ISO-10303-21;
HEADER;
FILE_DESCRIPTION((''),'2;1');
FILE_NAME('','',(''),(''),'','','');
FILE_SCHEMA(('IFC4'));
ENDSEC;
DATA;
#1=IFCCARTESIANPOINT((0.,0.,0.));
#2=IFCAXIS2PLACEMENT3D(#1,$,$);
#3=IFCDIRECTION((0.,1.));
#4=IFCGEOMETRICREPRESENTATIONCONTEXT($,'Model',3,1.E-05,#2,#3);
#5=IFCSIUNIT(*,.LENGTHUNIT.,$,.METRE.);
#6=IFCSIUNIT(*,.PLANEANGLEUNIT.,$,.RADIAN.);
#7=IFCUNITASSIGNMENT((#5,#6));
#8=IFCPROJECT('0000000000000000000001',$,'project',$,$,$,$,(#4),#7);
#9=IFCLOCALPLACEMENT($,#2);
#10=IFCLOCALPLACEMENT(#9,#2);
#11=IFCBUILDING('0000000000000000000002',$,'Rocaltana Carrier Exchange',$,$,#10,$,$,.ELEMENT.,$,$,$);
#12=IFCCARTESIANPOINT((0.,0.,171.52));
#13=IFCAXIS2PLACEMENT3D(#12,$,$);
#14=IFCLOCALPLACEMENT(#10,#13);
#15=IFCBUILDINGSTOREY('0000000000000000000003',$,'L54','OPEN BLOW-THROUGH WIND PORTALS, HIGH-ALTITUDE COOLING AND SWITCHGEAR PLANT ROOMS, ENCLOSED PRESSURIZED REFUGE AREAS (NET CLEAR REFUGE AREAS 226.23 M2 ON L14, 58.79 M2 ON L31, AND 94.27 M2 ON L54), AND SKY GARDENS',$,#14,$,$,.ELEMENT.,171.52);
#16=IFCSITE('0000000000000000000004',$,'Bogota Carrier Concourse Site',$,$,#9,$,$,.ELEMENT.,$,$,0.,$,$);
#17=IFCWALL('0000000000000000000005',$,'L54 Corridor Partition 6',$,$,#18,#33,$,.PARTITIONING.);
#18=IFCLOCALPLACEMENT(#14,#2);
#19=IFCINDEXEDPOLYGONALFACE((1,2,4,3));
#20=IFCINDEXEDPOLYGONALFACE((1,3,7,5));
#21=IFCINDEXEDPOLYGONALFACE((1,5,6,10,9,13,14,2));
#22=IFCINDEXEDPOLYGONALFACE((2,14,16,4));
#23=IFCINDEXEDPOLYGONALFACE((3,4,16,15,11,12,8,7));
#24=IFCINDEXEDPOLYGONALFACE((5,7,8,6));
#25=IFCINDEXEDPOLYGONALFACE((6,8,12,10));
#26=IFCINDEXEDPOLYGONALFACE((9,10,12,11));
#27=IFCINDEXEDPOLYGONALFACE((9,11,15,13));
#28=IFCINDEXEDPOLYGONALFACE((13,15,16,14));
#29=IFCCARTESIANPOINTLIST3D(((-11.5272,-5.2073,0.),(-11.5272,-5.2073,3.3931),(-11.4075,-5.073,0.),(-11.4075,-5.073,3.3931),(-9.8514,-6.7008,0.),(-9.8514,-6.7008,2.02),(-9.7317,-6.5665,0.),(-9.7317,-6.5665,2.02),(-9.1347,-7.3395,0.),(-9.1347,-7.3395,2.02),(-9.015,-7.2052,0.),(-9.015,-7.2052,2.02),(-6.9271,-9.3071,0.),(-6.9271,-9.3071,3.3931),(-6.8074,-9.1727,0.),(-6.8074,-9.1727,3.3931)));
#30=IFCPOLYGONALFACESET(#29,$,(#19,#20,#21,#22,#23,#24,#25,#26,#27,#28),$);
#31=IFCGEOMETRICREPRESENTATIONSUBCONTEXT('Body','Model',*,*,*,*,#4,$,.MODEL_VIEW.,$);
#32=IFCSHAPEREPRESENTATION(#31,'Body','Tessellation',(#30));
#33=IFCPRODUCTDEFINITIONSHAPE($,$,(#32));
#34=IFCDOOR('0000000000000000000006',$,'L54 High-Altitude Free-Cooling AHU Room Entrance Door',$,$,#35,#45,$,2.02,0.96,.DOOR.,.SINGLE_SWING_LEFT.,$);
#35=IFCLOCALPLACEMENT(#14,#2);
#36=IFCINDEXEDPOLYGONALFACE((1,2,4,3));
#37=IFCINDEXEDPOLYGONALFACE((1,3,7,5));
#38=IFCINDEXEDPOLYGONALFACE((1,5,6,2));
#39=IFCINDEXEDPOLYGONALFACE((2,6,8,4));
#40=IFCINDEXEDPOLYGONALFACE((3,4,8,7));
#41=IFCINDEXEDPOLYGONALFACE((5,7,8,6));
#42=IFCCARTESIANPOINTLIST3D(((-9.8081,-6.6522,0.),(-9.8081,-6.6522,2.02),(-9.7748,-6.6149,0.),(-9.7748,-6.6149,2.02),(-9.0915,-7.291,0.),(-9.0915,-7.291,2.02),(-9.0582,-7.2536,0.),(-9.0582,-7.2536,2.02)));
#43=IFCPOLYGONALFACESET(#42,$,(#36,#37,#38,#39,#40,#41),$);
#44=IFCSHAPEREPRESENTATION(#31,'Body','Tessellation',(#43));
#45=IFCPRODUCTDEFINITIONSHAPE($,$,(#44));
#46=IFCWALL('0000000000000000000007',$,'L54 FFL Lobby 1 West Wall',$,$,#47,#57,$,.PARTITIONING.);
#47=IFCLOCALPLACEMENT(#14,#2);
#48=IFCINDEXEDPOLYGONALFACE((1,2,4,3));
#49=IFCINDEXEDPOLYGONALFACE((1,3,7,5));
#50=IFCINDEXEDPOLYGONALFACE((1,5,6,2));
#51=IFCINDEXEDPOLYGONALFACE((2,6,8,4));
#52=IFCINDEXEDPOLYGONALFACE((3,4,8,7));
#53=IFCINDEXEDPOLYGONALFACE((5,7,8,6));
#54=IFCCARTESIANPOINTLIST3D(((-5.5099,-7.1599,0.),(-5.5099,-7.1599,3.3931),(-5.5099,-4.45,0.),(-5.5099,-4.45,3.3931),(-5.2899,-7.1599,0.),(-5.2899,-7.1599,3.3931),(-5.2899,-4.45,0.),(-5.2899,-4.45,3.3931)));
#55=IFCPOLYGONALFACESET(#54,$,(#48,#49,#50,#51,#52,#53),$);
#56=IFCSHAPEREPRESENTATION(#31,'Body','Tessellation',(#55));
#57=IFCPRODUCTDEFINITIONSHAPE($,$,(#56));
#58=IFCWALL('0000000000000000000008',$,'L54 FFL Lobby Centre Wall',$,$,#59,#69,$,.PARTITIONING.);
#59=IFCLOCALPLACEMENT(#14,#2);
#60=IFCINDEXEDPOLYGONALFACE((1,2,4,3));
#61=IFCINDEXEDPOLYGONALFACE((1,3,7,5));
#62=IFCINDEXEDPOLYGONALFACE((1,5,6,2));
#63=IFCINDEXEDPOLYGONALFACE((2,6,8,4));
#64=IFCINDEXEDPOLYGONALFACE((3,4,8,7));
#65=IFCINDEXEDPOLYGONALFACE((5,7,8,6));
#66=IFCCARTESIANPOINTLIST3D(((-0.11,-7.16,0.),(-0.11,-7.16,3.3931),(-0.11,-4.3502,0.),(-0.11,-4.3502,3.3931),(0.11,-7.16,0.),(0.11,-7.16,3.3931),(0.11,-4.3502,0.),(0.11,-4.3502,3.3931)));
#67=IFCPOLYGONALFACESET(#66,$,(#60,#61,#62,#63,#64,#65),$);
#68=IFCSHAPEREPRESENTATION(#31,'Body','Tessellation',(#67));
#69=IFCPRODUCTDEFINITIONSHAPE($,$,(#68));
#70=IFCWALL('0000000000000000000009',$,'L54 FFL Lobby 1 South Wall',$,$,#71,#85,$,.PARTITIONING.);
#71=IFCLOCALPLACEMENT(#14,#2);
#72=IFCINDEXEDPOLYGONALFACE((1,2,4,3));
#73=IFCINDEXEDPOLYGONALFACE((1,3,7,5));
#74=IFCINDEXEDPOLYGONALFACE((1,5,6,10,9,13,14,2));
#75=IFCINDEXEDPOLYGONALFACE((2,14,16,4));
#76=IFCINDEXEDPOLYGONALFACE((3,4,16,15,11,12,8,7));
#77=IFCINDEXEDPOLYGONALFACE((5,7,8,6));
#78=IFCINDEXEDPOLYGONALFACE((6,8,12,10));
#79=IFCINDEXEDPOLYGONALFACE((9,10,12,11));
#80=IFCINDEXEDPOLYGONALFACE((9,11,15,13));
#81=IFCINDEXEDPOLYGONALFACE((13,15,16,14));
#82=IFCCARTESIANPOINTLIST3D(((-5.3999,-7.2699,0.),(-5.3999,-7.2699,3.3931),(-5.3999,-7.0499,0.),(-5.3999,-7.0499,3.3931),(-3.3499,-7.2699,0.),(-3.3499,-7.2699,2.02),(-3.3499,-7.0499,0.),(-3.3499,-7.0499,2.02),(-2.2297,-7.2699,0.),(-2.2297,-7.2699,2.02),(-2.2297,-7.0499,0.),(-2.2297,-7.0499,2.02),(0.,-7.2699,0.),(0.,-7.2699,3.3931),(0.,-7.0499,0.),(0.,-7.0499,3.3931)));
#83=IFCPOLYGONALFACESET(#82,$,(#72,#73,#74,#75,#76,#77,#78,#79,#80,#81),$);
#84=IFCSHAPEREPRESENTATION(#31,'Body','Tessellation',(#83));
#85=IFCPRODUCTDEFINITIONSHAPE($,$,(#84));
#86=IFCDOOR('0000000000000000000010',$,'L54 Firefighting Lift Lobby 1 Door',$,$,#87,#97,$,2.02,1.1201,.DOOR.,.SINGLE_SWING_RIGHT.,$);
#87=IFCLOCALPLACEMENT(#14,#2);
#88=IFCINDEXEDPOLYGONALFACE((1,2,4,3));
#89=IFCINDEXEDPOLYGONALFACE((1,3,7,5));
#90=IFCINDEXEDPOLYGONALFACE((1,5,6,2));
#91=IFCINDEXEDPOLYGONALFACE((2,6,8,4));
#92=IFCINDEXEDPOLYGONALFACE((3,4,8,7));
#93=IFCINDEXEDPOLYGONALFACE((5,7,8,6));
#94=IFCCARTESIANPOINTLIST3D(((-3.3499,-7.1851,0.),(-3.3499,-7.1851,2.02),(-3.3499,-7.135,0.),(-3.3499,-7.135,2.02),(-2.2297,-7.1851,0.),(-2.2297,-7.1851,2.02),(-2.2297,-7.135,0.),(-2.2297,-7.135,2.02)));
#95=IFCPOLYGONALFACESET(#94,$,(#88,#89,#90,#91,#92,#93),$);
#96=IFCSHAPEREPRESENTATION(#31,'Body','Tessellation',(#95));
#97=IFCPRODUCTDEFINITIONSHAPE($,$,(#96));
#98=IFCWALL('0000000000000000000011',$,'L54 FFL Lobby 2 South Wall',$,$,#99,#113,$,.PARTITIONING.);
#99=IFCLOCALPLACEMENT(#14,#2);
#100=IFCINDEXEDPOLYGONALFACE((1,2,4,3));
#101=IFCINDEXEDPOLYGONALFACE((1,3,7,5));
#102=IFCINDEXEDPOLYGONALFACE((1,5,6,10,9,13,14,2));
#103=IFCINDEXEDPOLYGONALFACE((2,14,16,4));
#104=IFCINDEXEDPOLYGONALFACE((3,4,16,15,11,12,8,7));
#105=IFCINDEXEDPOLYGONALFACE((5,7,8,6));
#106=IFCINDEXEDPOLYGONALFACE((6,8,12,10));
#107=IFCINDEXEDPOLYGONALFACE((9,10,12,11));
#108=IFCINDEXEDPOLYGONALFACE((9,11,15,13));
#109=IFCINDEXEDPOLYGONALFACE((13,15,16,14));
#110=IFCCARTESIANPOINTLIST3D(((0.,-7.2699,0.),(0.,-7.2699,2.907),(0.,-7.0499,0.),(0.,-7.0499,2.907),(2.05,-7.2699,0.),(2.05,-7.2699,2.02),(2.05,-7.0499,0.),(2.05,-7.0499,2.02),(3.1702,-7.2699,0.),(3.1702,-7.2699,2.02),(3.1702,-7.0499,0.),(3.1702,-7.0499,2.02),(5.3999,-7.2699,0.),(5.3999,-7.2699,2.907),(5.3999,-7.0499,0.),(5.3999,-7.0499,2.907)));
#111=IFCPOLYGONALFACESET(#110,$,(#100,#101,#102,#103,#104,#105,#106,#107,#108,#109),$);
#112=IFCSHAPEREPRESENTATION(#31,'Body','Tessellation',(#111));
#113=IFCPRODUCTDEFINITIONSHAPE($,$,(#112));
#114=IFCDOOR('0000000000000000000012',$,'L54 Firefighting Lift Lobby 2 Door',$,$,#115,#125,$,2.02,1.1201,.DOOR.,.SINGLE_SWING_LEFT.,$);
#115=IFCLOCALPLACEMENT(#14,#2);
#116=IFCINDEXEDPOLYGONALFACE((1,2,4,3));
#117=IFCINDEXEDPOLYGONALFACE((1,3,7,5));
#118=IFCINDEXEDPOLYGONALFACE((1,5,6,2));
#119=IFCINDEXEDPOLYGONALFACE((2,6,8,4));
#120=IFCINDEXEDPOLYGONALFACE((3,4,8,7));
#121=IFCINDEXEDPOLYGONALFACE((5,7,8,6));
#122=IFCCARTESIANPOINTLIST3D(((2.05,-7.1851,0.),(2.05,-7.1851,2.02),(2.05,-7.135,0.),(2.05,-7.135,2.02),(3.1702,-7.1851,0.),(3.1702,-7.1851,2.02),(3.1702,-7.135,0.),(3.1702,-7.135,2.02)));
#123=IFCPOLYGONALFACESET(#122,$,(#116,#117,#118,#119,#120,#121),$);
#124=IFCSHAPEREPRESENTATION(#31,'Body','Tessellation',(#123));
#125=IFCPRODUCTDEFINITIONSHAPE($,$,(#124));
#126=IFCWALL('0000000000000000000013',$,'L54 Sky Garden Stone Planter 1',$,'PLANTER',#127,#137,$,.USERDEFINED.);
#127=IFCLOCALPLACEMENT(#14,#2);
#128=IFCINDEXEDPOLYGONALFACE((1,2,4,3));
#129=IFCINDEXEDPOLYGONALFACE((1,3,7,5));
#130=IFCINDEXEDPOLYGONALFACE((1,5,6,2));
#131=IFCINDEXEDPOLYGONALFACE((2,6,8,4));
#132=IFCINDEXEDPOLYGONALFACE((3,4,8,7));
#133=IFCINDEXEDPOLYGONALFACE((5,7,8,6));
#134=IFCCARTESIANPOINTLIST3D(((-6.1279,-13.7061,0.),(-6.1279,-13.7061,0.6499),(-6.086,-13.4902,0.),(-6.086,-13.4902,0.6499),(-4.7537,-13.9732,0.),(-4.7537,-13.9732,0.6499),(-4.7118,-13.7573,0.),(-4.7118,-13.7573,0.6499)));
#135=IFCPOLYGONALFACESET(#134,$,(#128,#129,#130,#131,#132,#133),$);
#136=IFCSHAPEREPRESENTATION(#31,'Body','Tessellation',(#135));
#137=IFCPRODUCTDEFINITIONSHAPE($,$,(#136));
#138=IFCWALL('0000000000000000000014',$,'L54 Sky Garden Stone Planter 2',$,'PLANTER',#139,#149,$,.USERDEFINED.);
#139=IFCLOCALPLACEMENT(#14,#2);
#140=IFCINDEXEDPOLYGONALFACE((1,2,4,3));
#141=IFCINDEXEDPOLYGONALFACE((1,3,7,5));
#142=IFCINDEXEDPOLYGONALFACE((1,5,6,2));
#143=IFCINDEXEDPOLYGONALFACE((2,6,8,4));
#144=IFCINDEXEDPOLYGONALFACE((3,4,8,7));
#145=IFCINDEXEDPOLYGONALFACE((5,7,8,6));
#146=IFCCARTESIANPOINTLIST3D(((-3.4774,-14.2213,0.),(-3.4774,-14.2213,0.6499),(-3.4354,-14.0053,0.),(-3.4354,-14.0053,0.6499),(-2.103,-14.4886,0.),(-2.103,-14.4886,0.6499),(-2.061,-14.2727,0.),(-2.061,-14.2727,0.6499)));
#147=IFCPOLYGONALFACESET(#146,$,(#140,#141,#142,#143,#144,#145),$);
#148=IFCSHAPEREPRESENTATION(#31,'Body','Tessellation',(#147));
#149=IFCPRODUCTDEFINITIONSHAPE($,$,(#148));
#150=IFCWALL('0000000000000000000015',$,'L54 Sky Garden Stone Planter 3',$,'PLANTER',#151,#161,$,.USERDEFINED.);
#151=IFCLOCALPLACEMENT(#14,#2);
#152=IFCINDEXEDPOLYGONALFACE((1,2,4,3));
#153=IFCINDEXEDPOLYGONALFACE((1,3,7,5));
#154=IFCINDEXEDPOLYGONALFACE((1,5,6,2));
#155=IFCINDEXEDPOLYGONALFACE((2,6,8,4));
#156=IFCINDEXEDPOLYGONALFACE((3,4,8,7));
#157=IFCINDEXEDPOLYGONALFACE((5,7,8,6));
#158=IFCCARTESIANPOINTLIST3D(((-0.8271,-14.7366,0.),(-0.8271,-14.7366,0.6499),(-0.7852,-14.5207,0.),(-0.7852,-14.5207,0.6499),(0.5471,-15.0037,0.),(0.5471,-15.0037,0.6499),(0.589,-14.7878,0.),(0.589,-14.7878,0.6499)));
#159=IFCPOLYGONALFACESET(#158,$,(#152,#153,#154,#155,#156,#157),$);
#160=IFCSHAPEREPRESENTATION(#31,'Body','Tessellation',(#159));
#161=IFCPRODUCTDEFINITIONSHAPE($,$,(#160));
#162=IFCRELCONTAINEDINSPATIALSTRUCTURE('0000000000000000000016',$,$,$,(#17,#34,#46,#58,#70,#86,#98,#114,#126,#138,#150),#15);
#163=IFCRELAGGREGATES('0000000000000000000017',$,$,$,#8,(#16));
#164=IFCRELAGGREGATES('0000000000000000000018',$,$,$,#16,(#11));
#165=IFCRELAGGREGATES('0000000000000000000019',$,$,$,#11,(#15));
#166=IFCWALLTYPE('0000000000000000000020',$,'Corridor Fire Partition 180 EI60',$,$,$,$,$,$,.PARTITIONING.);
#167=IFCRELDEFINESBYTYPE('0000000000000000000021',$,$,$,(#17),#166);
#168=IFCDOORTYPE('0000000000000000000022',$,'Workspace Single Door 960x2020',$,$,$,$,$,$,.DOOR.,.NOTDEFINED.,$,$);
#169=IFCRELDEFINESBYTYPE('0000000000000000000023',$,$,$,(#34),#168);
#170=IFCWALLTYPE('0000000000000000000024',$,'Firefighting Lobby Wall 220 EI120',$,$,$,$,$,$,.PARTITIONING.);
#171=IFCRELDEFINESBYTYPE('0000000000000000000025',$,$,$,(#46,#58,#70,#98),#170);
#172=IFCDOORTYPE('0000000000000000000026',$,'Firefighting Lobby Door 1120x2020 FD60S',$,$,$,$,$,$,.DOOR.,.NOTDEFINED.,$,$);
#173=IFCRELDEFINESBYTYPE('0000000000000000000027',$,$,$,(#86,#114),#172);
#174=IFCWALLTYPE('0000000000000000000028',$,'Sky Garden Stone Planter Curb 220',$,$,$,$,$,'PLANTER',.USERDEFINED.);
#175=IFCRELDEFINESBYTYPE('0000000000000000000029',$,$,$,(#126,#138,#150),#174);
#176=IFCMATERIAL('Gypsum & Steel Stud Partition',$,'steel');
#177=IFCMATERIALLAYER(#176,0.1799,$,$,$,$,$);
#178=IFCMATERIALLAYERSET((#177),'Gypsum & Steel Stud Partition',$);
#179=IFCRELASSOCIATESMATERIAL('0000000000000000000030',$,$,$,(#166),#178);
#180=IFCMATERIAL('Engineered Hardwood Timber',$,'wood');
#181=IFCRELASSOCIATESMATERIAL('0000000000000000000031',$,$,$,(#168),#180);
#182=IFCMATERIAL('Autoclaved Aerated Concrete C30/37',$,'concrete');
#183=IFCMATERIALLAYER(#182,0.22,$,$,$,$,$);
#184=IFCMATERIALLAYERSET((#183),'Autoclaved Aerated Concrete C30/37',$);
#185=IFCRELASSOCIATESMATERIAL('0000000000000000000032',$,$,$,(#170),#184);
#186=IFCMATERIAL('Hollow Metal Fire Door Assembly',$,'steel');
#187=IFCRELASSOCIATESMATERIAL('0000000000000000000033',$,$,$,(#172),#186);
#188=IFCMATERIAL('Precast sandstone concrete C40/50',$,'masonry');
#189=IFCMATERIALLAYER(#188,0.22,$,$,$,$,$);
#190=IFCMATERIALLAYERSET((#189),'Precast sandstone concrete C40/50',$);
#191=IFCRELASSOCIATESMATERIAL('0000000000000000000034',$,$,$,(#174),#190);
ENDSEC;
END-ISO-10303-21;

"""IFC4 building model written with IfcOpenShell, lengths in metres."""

from ifc_helpers import new_model, si_unit, direction, frame, frame_2d, origin, place, context, subcontext, project, spatial, rectangle, extrude, material, layer, layer_set, type_object, element, fill, save


model = new_model("IFC4")

# Units and contexts
model_context = context("Model", 3, precision=1e-05, world=origin(), true_north=direction((0.0, 1.0)))
body_context = subcontext(model_context, "Body", "Model", "MODEL_VIEW")
ifc_project = project(units=[si_unit("LENGTHUNIT", "METRE"), si_unit("PLANEANGLEUNIT", "RADIAN")], contexts=[model_context])

# Site, building, storey
site_placement = place(None, origin())
site = spatial("IfcSite", under=ifc_project, at=site_placement, Name="Bogota Carrier Concourse Site", CompositionType="ELEMENT", RefElevation=0.0)
building_placement = place(site_placement, origin())
building = spatial("IfcBuilding", under=site, at=building_placement, Name="Rocaltana Carrier Exchange", CompositionType="ELEMENT")
storey_placement = place(building_placement, frame((0.0, 0.0, 171.52)))
storey = spatial("IfcBuildingStorey", under=building, at=storey_placement, Name="L54", Description="OPEN BLOW-THROUGH WIND PORTALS, HIGH-ALTITUDE COOLING AND SWITCHGEAR PLANT ROOMS, ENCLOSED PRESSURIZED REFUGE AREAS (NET CLEAR REFUGE AREAS 226.23 M2 ON L14, 58.79 M2 ON L31, AND 94.27 M2 ON L54), AND SKY GARDENS", CompositionType="ELEMENT", Elevation=171.52)

# Wall, opening, door
ifc_material_1 = material(Name="Gypsum & Steel Stud Partition", Category="steel")
ifc_layer_1 = layer(ifc_material_1, 0.1799)
ifc_layer_set_1 = layer_set([ifc_layer_1], Name="Gypsum & Steel Stud Partition")
wall_type_1 = type_object("IfcWallType", Name="Corridor Fire Partition 180 EI60", PredefinedType="PARTITIONING", material=ifc_layer_set_1)
wall_1_placement = place(storey_placement, frame((-6.8672, -9.24, 0.0), z_axis=(0.0, 0.0, 1.0), x_axis=(-0.746532, 0.665349, 0.0)))
wall_1 = element("IfcWall", 1, at=wall_1_placement, inside=storey, type_object=wall_type_1, Name="L54 Corridor Partition 6", PredefinedType="PARTITIONING", context=body_context, shape_type="SweptSolid", body=[
    extrude(rectangle(XDim=6.1619, YDim=0.1799, at=frame_2d((3.0811, 0.0))), origin(), (0.0, 0.0, 1.0), 3.3931),
])
opening_1_placement = place(wall_1_placement, frame((2.9573, 0.0, 0.0)))
opening_1 = element("IfcOpeningElement", 2, at=opening_1_placement, cuts=wall_1, PredefinedType="OPENING", context=body_context, shape_type="SweptSolid", body=[
    extrude(rectangle(XDim=0.96, YDim=2.02, at=frame_2d((0.48, 1.01))), frame((0.0, 0.0999, 0.0), z_axis=(0.0, -1.0, 0.0), x_axis=(1.0, 0.0, 0.0)), (0.0, 0.0, 1.0), 0.2),
])
ifc_material_2 = material(Name="Engineered Hardwood Timber", Category="wood")
door_type_1 = type_object("IfcDoorType", Name="Workspace Single Door 960x2020", OperationType="NOTDEFINED", PredefinedType="DOOR", material=ifc_material_2)
door_1_placement = place(opening_1_placement, origin())
door_1 = element("IfcDoor", 3, at=door_1_placement, inside=storey, type_object=door_type_1, Name="L54 High-Altitude Free-Cooling AHU Room Entrance Door", OperationType="SINGLE_SWING_LEFT", OverallHeight=2.02, OverallWidth=0.96, PredefinedType="DOOR", context=body_context, shape_type="SweptSolid", body=[
    extrude(rectangle(XDim=0.96, YDim=2.02, at=frame_2d((0.48, 1.01))), frame((0.0, 0.0249, 0.0), z_axis=(0.0, -1.0, 0.0), x_axis=(1.0, 0.0, 0.0)), (0.0, 0.0, 1.0), 0.05),
])
fill(opening_1, door_1)

# Walls
ifc_material_3 = material(Name="Autoclaved Aerated Concrete C30/37", Category="concrete")
ifc_layer_2 = layer(ifc_material_3, 0.22)
ifc_layer_set_2 = layer_set([ifc_layer_2], Name="Autoclaved Aerated Concrete C30/37")
wall_type_2 = type_object("IfcWallType", Name="Firefighting Lobby Wall 220 EI120", PredefinedType="PARTITIONING", material=ifc_layer_set_2)
wall_2_placement = place(storey_placement, frame((-5.3999, -7.1599, 0.0), z_axis=(0.0, 0.0, 1.0), x_axis=(0.0, 1.0, 0.0)))
element("IfcWall", 4, at=wall_2_placement, inside=storey, type_object=wall_type_2, Name="L54 FFL Lobby 1 West Wall", PredefinedType="PARTITIONING", context=body_context, shape_type="SweptSolid", body=[
    extrude(rectangle(XDim=2.71, YDim=0.22, at=frame_2d((1.355, 0.0))), origin(), (0.0, 0.0, 1.0), 3.3931),
])
wall_3_placement = place(storey_placement, frame((0.0, -7.1599, 0.0), z_axis=(0.0, 0.0, 1.0), x_axis=(0.0, 1.0, 0.0)))
element("IfcWall", 5, at=wall_3_placement, inside=storey, type_object=wall_type_2, Name="L54 FFL Lobby Centre Wall", PredefinedType="PARTITIONING", context=body_context, shape_type="SweptSolid", body=[
    extrude(rectangle(XDim=2.8098, YDim=0.22, at=frame_2d((1.4048, 0.0))), origin(), (0.0, 0.0, 1.0), 3.3931),
])

# Walls, openings, doors
wall_4_placement = place(storey_placement, frame((-5.3999, -7.1599, 0.0), z_axis=(0.0, 0.0, 1.0), x_axis=(1.0, 0.0, 0.0)))
wall_4 = element("IfcWall", 6, at=wall_4_placement, inside=storey, type_object=wall_type_2, Name="L54 FFL Lobby 1 South Wall", PredefinedType="PARTITIONING", context=body_context, shape_type="SweptSolid", body=[
    extrude(rectangle(XDim=5.3999, YDim=0.22, at=frame_2d((2.7, 0.0))), origin(), (0.0, 0.0, 1.0), 3.3931),
])
opening_2_placement = place(wall_4_placement, frame((2.05, 0.0, 0.0)))
opening_2 = element("IfcOpeningElement", 7, at=opening_2_placement, cuts=wall_4, PredefinedType="OPENING", context=body_context, shape_type="SweptSolid", body=[
    extrude(rectangle(XDim=1.1201, YDim=2.02, at=frame_2d((0.5601, 1.01))), frame((0.0, 0.1199, 0.0), z_axis=(0.0, -1.0, 0.0), x_axis=(1.0, 0.0, 0.0)), (0.0, 0.0, 1.0), 0.24),
])
ifc_material_4 = material(Name="Hollow Metal Fire Door Assembly", Category="steel")
door_type_2 = type_object("IfcDoorType", Name="Firefighting Lobby Door 1120x2020 FD60S", OperationType="NOTDEFINED", PredefinedType="DOOR", material=ifc_material_4)
door_2_placement = place(opening_2_placement, origin())
door_2 = element("IfcDoor", 8, at=door_2_placement, inside=storey, type_object=door_type_2, Name="L54 Firefighting Lift Lobby 1 Door", OperationType="SINGLE_SWING_RIGHT", OverallHeight=2.02, OverallWidth=1.1201, PredefinedType="DOOR", context=body_context, shape_type="SweptSolid", body=[
    extrude(rectangle(XDim=1.1201, YDim=2.02, at=frame_2d((0.5601, 1.01))), frame((0.0, 0.0249, 0.0), z_axis=(0.0, -1.0, 0.0), x_axis=(1.0, 0.0, 0.0)), (0.0, 0.0, 1.0), 0.05),
])
fill(opening_2, door_2)
wall_5_placement = place(storey_placement, frame((0.0, -7.1599, 0.0), z_axis=(0.0, 0.0, 1.0), x_axis=(1.0, 0.0, 0.0)))
wall_5 = element("IfcWall", 9, at=wall_5_placement, inside=storey, type_object=wall_type_2, Name="L54 FFL Lobby 2 South Wall", PredefinedType="PARTITIONING", context=body_context, shape_type="SweptSolid", body=[
    extrude(rectangle(XDim=5.3999, YDim=0.22, at=frame_2d((2.7, 0.0))), origin(), (0.0, 0.0, 1.0), 2.907),
])
opening_3_placement = place(wall_5_placement, frame((2.05, 0.0, 0.0)))
opening_3 = element("IfcOpeningElement", 10, at=opening_3_placement, cuts=wall_5, PredefinedType="OPENING", context=body_context, shape_type="SweptSolid", body=[
    extrude(rectangle(XDim=1.1201, YDim=2.02, at=frame_2d((0.5601, 1.01))), frame((0.0, 0.1199, 0.0), z_axis=(0.0, -1.0, 0.0), x_axis=(1.0, 0.0, 0.0)), (0.0, 0.0, 1.0), 0.24),
])
door_3_placement = place(opening_3_placement, origin())
door_3 = element("IfcDoor", 11, at=door_3_placement, inside=storey, type_object=door_type_2, Name="L54 Firefighting Lift Lobby 2 Door", OperationType="SINGLE_SWING_LEFT", OverallHeight=2.02, OverallWidth=1.1201, PredefinedType="DOOR", context=body_context, shape_type="SweptSolid", body=[
    extrude(rectangle(XDim=1.1201, YDim=2.02, at=frame_2d((0.5601, 1.01))), frame((0.0, 0.0249, 0.0), z_axis=(0.0, -1.0, 0.0), x_axis=(1.0, 0.0, 0.0)), (0.0, 0.0, 1.0), 0.05),
])
fill(opening_3, door_3)

# Walls
ifc_material_5 = material(Name="Precast sandstone concrete C40/50", Category="masonry")
ifc_layer_3 = layer(ifc_material_5, 0.22)
ifc_layer_set_3 = layer_set([ifc_layer_3], Name="Precast sandstone concrete C40/50")
wall_type_3 = type_object("IfcWallType", Name="Sky Garden Stone Planter Curb 220", ElementType="PLANTER", PredefinedType="USERDEFINED", material=ifc_layer_set_3)
wall_6_placement = place(storey_placement, frame((-6.1069, -13.5981, 0.0), z_axis=(0.0, 0.0, 1.0), x_axis=(0.981633, -0.190781, 0.0)))
element("IfcWall", 12, at=wall_6_placement, inside=storey, type_object=wall_type_3, Name="L54 Sky Garden Stone Planter 1", ObjectType="PLANTER", PredefinedType="USERDEFINED", context=body_context, shape_type="SweptSolid", body=[
    extrude(rectangle(XDim=1.3999, YDim=0.22, at=frame_2d((0.7, 0.0))), origin(), (0.0, 0.0, 1.0), 0.6499),
])
wall_7_placement = place(storey_placement, frame((-3.4565, -14.1133, 0.0), z_axis=(0.0, 0.0, 1.0), x_axis=(0.9816, -0.190949, 0.0)))
element("IfcWall", 13, at=wall_7_placement, inside=storey, type_object=wall_type_3, Name="L54 Sky Garden Stone Planter 2", ObjectType="PLANTER", PredefinedType="USERDEFINED", context=body_context, shape_type="SweptSolid", body=[
    extrude(rectangle(XDim=1.4001, YDim=0.22, at=frame_2d((0.7002, 0.0))), origin(), (0.0, 0.0, 1.0), 0.6499),
])
wall_8_placement = place(storey_placement, frame((-0.8062, -14.6287, 0.0), z_axis=(0.0, 0.0, 1.0), x_axis=(0.981633, -0.190781, 0.0)))
element("IfcWall", 14, at=wall_8_placement, inside=storey, type_object=wall_type_3, Name="L54 Sky Garden Stone Planter 3", ObjectType="PLANTER", PredefinedType="USERDEFINED", context=body_context, shape_type="SweptSolid", body=[
    extrude(rectangle(XDim=1.3999, YDim=0.22, at=frame_2d((0.7, 0.0))), origin(), (0.0, 0.0, 1.0), 0.6499),
])

save(model, "model.ifc")
